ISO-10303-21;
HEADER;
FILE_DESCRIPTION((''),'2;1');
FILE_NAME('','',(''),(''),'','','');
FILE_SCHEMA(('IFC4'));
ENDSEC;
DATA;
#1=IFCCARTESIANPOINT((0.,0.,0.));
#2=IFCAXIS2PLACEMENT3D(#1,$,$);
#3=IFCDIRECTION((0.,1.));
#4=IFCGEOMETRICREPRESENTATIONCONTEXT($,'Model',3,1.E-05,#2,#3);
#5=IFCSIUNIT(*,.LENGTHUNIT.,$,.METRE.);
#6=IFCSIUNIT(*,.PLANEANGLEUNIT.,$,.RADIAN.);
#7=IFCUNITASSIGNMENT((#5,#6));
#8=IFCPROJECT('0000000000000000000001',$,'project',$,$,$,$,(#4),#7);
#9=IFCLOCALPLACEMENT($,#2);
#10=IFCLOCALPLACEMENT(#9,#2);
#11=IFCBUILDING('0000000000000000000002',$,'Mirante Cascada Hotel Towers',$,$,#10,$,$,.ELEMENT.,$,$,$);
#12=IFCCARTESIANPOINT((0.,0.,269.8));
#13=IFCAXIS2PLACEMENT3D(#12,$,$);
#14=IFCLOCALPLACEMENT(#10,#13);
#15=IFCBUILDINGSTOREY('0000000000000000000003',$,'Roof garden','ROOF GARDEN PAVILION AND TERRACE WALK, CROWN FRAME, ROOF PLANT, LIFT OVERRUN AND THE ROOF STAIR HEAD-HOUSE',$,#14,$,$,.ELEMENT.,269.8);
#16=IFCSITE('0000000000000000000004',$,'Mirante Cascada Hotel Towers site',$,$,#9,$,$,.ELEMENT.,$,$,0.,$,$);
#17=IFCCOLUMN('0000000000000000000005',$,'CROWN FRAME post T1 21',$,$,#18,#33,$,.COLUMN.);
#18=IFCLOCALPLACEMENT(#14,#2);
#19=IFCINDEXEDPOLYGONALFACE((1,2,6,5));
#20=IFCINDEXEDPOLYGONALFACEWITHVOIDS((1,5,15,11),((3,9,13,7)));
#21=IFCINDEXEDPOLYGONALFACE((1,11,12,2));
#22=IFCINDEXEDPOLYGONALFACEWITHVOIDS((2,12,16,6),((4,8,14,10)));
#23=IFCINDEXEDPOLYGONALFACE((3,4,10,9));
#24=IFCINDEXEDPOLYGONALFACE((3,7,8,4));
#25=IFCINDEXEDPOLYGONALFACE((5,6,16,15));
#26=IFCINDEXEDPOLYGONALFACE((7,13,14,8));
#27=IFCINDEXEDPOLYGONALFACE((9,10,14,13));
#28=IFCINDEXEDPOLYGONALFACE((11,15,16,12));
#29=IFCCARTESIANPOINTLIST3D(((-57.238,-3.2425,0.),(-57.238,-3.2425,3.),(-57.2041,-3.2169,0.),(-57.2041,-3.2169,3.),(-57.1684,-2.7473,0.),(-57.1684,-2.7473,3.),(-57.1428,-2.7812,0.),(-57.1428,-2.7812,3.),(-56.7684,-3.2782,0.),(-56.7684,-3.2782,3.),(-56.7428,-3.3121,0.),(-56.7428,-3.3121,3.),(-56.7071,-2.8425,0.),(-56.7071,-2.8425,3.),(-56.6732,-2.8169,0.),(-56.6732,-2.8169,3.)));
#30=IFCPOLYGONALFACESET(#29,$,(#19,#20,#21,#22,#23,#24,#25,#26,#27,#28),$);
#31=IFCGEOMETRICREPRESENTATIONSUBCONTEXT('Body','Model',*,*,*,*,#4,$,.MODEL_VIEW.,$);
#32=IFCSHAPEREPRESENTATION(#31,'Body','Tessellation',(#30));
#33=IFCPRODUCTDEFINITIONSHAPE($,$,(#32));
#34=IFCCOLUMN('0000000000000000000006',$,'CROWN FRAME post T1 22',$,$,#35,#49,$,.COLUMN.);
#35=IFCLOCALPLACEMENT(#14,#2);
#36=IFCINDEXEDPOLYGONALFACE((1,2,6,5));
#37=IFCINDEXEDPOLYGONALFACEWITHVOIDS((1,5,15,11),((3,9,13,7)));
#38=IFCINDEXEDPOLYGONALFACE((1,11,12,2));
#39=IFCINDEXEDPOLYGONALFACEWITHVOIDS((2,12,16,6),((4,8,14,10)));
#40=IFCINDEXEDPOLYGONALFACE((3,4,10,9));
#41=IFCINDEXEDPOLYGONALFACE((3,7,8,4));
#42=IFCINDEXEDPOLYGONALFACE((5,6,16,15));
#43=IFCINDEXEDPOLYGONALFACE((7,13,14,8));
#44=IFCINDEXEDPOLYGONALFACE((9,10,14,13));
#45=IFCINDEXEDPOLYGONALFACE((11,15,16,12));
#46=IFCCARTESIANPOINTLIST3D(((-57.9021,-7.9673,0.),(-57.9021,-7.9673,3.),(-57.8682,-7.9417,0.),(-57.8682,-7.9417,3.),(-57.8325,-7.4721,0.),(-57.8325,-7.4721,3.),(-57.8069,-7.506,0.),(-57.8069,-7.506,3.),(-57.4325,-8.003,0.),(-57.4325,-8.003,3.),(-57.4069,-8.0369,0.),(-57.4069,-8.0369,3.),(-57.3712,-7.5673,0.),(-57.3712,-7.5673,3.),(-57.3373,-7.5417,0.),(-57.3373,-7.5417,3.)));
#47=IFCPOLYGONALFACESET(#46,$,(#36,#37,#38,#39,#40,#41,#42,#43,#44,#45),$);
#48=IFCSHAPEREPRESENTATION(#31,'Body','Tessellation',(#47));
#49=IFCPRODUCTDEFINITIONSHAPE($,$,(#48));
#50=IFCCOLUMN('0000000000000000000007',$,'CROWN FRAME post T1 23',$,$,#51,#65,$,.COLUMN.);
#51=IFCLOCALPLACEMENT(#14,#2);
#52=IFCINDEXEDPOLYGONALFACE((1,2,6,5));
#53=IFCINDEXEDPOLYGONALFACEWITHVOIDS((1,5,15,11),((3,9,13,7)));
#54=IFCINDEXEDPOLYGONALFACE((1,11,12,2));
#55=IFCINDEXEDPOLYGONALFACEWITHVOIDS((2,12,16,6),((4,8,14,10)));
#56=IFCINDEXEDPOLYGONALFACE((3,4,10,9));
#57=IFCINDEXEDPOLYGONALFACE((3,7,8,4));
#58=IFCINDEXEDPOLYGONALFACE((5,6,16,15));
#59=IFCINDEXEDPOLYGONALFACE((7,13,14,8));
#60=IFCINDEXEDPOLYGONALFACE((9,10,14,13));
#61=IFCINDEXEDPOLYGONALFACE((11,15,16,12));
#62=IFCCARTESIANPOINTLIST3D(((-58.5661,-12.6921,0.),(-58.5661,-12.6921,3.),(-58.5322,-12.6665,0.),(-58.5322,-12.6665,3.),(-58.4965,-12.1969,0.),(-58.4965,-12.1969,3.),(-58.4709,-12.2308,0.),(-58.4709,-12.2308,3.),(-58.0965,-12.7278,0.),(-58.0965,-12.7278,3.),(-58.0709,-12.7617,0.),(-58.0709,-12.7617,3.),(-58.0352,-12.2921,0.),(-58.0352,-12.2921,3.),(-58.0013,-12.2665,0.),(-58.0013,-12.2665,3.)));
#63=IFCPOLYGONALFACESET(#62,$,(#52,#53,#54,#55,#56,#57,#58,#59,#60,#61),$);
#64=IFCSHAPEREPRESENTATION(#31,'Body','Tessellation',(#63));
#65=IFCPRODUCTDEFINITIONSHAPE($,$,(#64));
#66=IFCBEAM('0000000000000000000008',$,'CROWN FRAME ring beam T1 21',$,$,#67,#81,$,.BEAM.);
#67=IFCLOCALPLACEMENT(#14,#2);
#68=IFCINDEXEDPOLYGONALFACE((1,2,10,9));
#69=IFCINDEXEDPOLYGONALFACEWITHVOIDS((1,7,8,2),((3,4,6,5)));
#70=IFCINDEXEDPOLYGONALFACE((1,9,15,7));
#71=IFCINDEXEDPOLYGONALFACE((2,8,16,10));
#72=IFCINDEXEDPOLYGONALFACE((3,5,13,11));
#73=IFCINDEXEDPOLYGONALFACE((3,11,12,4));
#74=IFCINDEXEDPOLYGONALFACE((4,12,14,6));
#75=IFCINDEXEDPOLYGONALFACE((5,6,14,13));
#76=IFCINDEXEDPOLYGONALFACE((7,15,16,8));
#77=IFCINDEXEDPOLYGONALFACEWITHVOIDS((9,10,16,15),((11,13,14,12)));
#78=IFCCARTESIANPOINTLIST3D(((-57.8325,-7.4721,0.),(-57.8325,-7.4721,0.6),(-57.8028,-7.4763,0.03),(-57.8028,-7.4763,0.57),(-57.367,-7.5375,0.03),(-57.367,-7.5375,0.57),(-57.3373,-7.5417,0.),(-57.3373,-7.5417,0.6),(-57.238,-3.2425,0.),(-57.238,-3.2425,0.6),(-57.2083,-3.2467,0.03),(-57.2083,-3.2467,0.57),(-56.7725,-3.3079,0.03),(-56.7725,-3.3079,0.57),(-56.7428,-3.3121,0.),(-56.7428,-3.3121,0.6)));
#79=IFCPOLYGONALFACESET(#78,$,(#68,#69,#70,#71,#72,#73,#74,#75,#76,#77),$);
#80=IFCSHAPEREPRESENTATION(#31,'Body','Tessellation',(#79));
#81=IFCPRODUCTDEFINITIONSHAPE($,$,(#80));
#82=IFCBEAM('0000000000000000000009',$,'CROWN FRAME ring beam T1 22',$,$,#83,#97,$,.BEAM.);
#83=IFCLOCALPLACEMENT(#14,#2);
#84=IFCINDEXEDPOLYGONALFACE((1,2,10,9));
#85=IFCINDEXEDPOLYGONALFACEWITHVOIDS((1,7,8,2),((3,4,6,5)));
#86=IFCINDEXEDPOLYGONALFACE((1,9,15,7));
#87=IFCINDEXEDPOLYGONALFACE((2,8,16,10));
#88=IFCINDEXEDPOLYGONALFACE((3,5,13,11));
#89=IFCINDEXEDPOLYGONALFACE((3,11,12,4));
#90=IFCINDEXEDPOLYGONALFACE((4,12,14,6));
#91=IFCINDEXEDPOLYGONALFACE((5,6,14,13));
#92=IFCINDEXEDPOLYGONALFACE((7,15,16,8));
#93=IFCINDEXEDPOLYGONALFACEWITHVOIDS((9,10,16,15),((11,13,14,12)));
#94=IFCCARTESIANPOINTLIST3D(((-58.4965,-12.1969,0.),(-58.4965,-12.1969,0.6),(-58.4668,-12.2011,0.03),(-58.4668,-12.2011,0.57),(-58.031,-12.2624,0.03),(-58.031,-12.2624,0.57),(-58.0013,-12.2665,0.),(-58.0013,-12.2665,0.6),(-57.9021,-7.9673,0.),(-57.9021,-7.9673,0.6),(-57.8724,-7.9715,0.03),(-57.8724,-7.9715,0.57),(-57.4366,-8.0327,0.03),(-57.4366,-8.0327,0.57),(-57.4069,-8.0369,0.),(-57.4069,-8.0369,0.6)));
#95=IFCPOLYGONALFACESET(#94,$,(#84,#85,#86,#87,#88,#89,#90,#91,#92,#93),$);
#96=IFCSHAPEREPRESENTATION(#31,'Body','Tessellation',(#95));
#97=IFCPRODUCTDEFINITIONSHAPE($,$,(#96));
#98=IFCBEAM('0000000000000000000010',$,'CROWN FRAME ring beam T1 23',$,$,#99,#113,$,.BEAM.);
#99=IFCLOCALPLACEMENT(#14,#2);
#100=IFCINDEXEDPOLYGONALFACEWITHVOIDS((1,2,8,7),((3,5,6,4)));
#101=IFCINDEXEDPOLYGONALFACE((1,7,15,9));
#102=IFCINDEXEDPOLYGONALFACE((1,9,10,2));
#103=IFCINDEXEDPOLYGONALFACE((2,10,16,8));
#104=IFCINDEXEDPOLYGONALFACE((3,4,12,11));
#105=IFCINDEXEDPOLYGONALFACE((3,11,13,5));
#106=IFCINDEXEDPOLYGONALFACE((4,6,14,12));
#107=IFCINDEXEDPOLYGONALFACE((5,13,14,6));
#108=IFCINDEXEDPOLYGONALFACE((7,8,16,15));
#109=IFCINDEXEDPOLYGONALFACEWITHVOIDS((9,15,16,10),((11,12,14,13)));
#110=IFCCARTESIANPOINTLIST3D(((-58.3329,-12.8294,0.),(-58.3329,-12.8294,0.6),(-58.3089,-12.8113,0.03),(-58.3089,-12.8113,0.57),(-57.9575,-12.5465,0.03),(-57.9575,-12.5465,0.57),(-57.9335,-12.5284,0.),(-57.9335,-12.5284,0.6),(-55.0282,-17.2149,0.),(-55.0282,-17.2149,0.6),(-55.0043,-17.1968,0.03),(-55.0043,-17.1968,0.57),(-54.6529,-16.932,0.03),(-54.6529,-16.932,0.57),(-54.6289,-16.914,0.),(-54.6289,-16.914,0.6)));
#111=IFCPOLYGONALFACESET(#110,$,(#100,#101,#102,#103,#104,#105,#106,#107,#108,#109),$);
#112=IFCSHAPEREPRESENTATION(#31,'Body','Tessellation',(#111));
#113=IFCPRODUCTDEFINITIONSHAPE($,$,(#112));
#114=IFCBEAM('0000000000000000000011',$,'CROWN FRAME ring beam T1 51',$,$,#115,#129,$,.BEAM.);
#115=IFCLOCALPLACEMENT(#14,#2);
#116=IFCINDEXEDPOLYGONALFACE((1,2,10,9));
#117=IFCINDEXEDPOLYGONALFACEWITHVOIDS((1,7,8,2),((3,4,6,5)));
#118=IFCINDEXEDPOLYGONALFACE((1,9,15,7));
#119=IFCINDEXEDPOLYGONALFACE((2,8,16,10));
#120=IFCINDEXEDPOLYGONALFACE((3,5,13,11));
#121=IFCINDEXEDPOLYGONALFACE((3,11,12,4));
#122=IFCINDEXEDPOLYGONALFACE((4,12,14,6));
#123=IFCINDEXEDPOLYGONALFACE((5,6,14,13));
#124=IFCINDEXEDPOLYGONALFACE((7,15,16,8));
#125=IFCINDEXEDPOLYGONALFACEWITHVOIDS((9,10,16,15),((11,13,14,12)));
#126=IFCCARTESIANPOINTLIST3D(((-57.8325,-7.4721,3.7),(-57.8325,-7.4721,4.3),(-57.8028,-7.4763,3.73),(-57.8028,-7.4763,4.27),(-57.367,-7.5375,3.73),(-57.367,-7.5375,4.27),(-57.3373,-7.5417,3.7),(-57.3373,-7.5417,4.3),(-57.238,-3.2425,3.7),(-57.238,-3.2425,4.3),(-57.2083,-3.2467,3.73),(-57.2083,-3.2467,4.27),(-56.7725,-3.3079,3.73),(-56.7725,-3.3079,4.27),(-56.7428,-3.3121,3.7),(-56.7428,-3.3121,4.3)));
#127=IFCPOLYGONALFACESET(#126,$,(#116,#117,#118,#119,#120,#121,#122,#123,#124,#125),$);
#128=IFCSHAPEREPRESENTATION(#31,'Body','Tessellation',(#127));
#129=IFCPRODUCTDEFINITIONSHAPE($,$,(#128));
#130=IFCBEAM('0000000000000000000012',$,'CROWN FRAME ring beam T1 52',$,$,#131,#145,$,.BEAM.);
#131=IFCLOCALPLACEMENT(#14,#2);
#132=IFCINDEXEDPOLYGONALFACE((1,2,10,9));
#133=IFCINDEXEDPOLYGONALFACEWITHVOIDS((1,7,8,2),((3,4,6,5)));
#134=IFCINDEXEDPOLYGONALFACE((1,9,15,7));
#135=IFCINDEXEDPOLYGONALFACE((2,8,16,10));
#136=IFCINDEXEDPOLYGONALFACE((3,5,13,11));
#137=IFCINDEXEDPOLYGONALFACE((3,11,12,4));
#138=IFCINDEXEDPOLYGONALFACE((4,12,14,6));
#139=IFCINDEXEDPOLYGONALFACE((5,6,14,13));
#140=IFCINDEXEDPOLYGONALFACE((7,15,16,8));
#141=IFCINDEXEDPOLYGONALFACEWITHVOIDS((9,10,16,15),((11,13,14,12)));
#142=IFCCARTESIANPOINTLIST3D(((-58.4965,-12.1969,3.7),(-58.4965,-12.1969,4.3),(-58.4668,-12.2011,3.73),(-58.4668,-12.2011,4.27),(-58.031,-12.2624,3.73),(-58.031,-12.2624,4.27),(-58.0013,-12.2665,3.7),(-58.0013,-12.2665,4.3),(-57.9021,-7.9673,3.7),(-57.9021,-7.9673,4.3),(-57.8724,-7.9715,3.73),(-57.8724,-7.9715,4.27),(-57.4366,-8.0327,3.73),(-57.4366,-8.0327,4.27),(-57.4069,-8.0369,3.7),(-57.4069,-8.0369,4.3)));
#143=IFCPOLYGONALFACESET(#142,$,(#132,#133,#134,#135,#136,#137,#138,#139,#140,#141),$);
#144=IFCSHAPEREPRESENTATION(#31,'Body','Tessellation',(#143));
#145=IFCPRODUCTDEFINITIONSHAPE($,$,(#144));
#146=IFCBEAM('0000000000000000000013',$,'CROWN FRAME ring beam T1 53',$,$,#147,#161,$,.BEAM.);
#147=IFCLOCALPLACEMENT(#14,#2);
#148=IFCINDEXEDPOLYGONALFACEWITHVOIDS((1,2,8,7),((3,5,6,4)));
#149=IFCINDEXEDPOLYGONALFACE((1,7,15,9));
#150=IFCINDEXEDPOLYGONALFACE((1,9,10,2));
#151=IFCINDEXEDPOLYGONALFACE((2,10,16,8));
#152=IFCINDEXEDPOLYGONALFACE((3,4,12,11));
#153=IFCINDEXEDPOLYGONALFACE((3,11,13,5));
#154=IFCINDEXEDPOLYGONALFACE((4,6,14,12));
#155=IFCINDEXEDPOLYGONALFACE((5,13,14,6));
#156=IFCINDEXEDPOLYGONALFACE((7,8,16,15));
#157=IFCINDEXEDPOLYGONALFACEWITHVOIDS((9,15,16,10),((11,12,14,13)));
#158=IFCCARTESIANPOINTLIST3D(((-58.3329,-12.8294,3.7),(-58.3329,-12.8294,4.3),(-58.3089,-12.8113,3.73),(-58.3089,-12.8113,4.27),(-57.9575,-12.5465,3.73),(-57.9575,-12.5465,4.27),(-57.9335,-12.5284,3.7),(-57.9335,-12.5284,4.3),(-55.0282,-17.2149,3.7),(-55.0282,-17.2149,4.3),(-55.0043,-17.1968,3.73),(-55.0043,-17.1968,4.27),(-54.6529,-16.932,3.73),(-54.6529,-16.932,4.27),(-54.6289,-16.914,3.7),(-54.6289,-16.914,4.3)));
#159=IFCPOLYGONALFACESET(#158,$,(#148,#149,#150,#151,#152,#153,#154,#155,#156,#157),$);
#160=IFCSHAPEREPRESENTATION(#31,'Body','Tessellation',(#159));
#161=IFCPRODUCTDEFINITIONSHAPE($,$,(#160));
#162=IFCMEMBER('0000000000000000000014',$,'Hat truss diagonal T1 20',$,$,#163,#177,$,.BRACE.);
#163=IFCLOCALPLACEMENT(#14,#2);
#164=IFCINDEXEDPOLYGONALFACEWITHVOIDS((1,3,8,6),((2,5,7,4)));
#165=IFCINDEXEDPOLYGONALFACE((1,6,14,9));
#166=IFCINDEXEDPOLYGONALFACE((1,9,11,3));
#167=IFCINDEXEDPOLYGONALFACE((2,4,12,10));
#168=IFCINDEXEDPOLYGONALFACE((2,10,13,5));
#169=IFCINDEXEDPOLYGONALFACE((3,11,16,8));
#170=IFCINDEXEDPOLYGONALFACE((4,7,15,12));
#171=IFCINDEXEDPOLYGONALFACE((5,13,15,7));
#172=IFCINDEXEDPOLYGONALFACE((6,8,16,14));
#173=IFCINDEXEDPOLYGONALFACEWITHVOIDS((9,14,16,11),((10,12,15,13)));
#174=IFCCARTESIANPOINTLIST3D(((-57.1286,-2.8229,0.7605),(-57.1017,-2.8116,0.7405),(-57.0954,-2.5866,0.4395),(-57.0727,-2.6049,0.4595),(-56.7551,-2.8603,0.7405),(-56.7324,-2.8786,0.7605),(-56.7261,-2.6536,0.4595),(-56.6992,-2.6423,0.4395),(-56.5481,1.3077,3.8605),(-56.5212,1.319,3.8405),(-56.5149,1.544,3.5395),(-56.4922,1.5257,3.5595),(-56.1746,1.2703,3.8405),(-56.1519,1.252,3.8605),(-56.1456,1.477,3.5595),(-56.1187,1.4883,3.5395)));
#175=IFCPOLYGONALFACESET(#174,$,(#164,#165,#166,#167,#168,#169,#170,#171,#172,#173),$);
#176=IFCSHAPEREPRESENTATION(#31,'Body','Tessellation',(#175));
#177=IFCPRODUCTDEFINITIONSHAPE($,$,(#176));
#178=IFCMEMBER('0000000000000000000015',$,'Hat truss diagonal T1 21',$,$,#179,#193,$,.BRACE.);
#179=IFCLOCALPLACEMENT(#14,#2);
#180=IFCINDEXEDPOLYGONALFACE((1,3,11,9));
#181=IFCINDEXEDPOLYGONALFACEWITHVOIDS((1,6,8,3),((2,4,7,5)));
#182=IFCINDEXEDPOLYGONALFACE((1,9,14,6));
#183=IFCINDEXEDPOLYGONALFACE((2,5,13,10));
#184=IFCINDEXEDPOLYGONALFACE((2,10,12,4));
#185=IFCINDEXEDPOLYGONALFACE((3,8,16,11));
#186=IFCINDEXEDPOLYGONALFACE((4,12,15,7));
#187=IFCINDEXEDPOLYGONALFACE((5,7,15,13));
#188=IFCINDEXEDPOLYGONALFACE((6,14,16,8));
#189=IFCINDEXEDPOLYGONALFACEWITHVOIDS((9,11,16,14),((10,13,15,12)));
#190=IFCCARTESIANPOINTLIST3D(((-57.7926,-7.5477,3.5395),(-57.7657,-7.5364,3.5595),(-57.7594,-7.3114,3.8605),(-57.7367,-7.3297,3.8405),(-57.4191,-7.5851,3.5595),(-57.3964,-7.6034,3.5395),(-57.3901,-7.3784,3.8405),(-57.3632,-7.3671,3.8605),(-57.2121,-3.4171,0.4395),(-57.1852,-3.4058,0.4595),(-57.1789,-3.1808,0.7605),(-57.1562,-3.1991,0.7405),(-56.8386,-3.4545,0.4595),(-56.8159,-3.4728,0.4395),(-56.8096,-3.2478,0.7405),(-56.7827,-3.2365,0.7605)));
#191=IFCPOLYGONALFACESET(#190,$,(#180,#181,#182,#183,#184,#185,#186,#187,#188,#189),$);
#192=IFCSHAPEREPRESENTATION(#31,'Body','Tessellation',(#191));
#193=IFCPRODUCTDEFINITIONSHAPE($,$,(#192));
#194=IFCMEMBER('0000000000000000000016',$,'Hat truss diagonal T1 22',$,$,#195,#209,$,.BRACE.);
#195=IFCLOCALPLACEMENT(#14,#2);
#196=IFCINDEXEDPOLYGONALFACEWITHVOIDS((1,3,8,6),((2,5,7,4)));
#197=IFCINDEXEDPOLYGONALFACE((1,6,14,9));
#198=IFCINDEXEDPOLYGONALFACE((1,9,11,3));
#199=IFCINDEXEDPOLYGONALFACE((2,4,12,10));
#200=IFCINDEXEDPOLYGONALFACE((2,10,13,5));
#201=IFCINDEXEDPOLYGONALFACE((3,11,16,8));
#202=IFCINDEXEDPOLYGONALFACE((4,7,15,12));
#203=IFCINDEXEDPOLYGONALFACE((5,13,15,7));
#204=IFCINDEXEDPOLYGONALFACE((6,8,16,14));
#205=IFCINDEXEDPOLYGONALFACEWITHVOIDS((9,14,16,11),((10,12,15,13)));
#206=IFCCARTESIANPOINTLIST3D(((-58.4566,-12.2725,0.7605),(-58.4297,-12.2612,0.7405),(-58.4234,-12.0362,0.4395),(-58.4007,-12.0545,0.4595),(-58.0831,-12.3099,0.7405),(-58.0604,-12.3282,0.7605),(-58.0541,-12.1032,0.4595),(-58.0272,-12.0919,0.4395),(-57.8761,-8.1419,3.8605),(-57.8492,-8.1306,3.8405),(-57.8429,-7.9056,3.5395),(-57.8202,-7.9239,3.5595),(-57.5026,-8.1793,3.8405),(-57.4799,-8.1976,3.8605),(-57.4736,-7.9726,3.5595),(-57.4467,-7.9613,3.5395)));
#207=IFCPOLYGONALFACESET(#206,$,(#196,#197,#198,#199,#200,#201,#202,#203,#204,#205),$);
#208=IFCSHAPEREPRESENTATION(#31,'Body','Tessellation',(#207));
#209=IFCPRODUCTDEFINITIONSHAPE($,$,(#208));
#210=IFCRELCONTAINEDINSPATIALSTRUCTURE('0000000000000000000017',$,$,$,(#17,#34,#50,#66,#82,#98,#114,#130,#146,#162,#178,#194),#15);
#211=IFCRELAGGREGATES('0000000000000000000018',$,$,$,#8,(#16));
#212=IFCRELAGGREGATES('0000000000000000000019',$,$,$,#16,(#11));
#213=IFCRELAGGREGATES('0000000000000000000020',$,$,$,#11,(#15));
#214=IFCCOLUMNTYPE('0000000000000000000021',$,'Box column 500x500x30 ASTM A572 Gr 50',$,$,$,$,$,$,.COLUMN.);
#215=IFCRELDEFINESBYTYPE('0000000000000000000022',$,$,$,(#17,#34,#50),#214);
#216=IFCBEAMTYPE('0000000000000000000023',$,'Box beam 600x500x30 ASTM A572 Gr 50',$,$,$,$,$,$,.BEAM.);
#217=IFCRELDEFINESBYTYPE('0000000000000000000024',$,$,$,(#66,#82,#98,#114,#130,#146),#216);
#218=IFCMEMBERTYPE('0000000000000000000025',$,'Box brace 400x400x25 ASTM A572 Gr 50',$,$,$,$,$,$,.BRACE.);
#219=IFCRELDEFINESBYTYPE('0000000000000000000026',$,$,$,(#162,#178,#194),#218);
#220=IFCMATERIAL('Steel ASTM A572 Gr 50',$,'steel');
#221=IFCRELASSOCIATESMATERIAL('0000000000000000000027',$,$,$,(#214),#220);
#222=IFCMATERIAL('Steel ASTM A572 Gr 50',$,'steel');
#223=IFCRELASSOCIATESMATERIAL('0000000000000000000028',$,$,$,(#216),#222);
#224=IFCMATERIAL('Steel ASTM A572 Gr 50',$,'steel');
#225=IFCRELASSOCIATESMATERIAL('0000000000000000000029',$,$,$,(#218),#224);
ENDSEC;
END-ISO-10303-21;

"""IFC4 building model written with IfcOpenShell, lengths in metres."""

from ifc_helpers import new_model, si_unit, direction, frame, origin, origin_2d, place, context, subcontext, project, spatial, hollow_rectangle, extrude, material, material_profile, profile_set, type_object, element, save


model = new_model("IFC4")

# Units and contexts
model_context = context("Model", 3, precision=1e-05, world=origin(), true_north=direction((0.0, 1.0)))
body_context = subcontext(model_context, "Body", "Model", "MODEL_VIEW")
ifc_project = project(units=[si_unit("LENGTHUNIT", "METRE"), si_unit("PLANEANGLEUNIT", "RADIAN")], contexts=[model_context])

# Site, building, storey
site_placement = place(None, origin())
site = spatial("IfcSite", under=ifc_project, at=site_placement, Name="Mirante Cascada Hotel Towers site", CompositionType="ELEMENT", RefElevation=0.0)
building_placement = place(site_placement, origin())
building = spatial("IfcBuilding", under=site, at=building_placement, Name="Mirante Cascada Hotel Towers", CompositionType="ELEMENT")
storey_placement = place(building_placement, frame((0.0, 0.0, 269.8)))
storey = spatial("IfcBuildingStorey", under=building, at=storey_placement, Name="Roof garden", Description="ROOF GARDEN PAVILION AND TERRACE WALK, CROWN FRAME, ROOF PLANT, LIFT OVERRUN AND THE ROOF STAIR HEAD-HOUSE", CompositionType="ELEMENT", Elevation=269.8)

# Columns
ifc_material_1 = material(Name="Steel ASTM A572 Gr 50", Category="steel")
ifc_material_profile_1 = material_profile(ifc_material_1, hollow_rectangle(XDim=0.5, YDim=0.5, WallThickness=0.03, at=origin_2d()), Name="Box column 500x500x30 ASTM A572 Gr 50")
ifc_profile_set_1 = profile_set([ifc_material_profile_1], Name="Steel ASTM A572 Gr 50")
column_type = type_object("IfcColumnType", Name="Box column 500x500x30 ASTM A572 Gr 50", PredefinedType="COLUMN", material=ifc_profile_set_1)
for number, where, z_axis, x_axis, name in (
    (1, (-56.9556, -3.0297, 0.0), (0.0, 0.0, 1.0), (-0.990268, 0.139173, 0.0), "CROWN FRAME post T1 21"),
    (2, (-57.6197, -7.7545, 0.0), (0.0, 0.0, 1.0), (-0.990268, 0.139173, 0.0), "CROWN FRAME post T1 22"),
    (3, (-58.2837, -12.4793, 0.0), (0.0, 0.0, 1.0), (-0.990268, 0.139173, 0.0), "CROWN FRAME post T1 23"),
):
    element("IfcColumn", number, at=place(storey_placement, frame(where, z_axis=z_axis, x_axis=x_axis)), inside=storey, type_object=column_type, Name=name, PredefinedType="COLUMN", context=body_context, shape_type="SweptSolid", body=[
        extrude(hollow_rectangle(XDim=0.5, YDim=0.5, WallThickness=0.03, at=origin_2d()), origin(), (0.0, 0.0, 1.0), 3.0),
    ])

# Beams
ifc_material_2 = material(Name="Steel ASTM A572 Gr 50", Category="steel")
ifc_material_profile_2 = material_profile(ifc_material_2, hollow_rectangle(XDim=0.5, YDim=0.6, WallThickness=0.03, at=origin_2d()), Name="Box beam 600x500x30 ASTM A572 Gr 50")
ifc_profile_set_2 = profile_set([ifc_material_profile_2], Name="Steel ASTM A572 Gr 50")
beam_type = type_object("IfcBeamType", Name="Box beam 600x500x30 ASTM A572 Gr 50", PredefinedType="BEAM", material=ifc_profile_set_2)
for number, where, z_axis, x_axis, name in (
    (4, (-56.9904, -3.2773, 0.3), (-0.139189, -0.990266, 0.0), (0.990266, -0.139189, 0.0), "CROWN FRAME ring beam T1 21"),
    (5, (-57.6545, -8.0021, 0.3), (-0.139166, -0.990269, 0.0), (0.990269, -0.139166, 0.0), "CROWN FRAME ring beam T1 22"),
):
    element("IfcBeam", number, at=place(storey_placement, frame(where, z_axis=z_axis, x_axis=x_axis)), inside=storey, type_object=beam_type, Name=name, PredefinedType="BEAM", context=body_context, shape_type="SweptSolid", body=[
        extrude(hollow_rectangle(XDim=0.5, YDim=0.6, WallThickness=0.03, at=origin_2d()), origin(), (0.0, 0.0, 1.0), 4.2712),
    ])
beam_1_placement = place(storey_placement, frame((-58.1332, -12.6789, 0.3), z_axis=(0.601802, -0.798645, 0.0), x_axis=(0.798645, 0.601802, 0.0)))
element("IfcBeam", 6, at=beam_1_placement, inside=storey, type_object=beam_type, Name="CROWN FRAME ring beam T1 23", PredefinedType="BEAM", context=body_context, shape_type="SweptSolid", body=[
    extrude(hollow_rectangle(XDim=0.5, YDim=0.6, WallThickness=0.03, at=origin_2d()), origin(), (0.0, 0.0, 1.0), 5.4912),
])
for number, where, z_axis, x_axis, name in (
    (7, (-56.9904, -3.2773, 4.0), (-0.139189, -0.990266, 0.0), (0.990266, -0.139189, 0.0), "CROWN FRAME ring beam T1 51"),
    (8, (-57.6545, -8.0021, 4.0), (-0.139166, -0.990269, 0.0), (0.990269, -0.139166, 0.0), "CROWN FRAME ring beam T1 52"),
):
    element("IfcBeam", number, at=place(storey_placement, frame(where, z_axis=z_axis, x_axis=x_axis)), inside=storey, type_object=beam_type, Name=name, PredefinedType="BEAM", context=body_context, shape_type="SweptSolid", body=[
        extrude(hollow_rectangle(XDim=0.5, YDim=0.6, WallThickness=0.03, at=origin_2d()), origin(), (0.0, 0.0, 1.0), 4.2712),
    ])
beam_2_placement = place(storey_placement, frame((-58.1332, -12.6789, 4.0), z_axis=(0.601802, -0.798645, 0.0), x_axis=(0.798645, 0.601802, 0.0)))
element("IfcBeam", 9, at=beam_2_placement, inside=storey, type_object=beam_type, Name="CROWN FRAME ring beam T1 53", PredefinedType="BEAM", context=body_context, shape_type="SweptSolid", body=[
    extrude(hollow_rectangle(XDim=0.5, YDim=0.6, WallThickness=0.03, at=origin_2d()), origin(), (0.0, 0.0, 1.0), 5.4912),
])

# Members
ifc_material_3 = material(Name="Steel ASTM A572 Gr 50", Category="steel")
ifc_material_profile_3 = material_profile(ifc_material_3, hollow_rectangle(XDim=0.4, YDim=0.4, WallThickness=0.025, at=origin_2d()), Name="Box brace 400x400x25 ASTM A572 Gr 50")
ifc_profile_set_3 = profile_set([ifc_material_profile_3], Name="Steel ASTM A572 Gr 50")
member_type = type_object("IfcMemberType", Name="Box brace 400x400x25 ASTM A572 Gr 50", PredefinedType="BRACE", material=ifc_profile_set_3)
for number, where, z_axis, x_axis, name in (
    (10, (-56.9139, -2.7326, 0.6), (0.111699, 0.794804, 0.596498), (-0.990269, 0.139169, 0.0), "Hat truss diagonal T1 20"),
    (11, (-56.9974, -3.3268, 0.6), (-0.111699, -0.794804, 0.596498), (0.990269, -0.139169, 0.0), "Hat truss diagonal T1 21"),
    (12, (-58.2419, -12.1822, 0.6), (0.111699, 0.794804, 0.596498), (-0.990269, 0.139169, 0.0), "Hat truss diagonal T1 22"),
):
    element("IfcMember", number, at=place(storey_placement, frame(where, z_axis=z_axis, x_axis=x_axis)), inside=storey, type_object=member_type, Name=name, PredefinedType="BRACE", context=body_context, shape_type="SweptSolid", body=[
        extrude(hollow_rectangle(XDim=0.4, YDim=0.4, WallThickness=0.025, at=origin_2d()), origin(), (0.0, 0.0, 1.0), 5.197),
    ])

save(model, "model.ifc")
